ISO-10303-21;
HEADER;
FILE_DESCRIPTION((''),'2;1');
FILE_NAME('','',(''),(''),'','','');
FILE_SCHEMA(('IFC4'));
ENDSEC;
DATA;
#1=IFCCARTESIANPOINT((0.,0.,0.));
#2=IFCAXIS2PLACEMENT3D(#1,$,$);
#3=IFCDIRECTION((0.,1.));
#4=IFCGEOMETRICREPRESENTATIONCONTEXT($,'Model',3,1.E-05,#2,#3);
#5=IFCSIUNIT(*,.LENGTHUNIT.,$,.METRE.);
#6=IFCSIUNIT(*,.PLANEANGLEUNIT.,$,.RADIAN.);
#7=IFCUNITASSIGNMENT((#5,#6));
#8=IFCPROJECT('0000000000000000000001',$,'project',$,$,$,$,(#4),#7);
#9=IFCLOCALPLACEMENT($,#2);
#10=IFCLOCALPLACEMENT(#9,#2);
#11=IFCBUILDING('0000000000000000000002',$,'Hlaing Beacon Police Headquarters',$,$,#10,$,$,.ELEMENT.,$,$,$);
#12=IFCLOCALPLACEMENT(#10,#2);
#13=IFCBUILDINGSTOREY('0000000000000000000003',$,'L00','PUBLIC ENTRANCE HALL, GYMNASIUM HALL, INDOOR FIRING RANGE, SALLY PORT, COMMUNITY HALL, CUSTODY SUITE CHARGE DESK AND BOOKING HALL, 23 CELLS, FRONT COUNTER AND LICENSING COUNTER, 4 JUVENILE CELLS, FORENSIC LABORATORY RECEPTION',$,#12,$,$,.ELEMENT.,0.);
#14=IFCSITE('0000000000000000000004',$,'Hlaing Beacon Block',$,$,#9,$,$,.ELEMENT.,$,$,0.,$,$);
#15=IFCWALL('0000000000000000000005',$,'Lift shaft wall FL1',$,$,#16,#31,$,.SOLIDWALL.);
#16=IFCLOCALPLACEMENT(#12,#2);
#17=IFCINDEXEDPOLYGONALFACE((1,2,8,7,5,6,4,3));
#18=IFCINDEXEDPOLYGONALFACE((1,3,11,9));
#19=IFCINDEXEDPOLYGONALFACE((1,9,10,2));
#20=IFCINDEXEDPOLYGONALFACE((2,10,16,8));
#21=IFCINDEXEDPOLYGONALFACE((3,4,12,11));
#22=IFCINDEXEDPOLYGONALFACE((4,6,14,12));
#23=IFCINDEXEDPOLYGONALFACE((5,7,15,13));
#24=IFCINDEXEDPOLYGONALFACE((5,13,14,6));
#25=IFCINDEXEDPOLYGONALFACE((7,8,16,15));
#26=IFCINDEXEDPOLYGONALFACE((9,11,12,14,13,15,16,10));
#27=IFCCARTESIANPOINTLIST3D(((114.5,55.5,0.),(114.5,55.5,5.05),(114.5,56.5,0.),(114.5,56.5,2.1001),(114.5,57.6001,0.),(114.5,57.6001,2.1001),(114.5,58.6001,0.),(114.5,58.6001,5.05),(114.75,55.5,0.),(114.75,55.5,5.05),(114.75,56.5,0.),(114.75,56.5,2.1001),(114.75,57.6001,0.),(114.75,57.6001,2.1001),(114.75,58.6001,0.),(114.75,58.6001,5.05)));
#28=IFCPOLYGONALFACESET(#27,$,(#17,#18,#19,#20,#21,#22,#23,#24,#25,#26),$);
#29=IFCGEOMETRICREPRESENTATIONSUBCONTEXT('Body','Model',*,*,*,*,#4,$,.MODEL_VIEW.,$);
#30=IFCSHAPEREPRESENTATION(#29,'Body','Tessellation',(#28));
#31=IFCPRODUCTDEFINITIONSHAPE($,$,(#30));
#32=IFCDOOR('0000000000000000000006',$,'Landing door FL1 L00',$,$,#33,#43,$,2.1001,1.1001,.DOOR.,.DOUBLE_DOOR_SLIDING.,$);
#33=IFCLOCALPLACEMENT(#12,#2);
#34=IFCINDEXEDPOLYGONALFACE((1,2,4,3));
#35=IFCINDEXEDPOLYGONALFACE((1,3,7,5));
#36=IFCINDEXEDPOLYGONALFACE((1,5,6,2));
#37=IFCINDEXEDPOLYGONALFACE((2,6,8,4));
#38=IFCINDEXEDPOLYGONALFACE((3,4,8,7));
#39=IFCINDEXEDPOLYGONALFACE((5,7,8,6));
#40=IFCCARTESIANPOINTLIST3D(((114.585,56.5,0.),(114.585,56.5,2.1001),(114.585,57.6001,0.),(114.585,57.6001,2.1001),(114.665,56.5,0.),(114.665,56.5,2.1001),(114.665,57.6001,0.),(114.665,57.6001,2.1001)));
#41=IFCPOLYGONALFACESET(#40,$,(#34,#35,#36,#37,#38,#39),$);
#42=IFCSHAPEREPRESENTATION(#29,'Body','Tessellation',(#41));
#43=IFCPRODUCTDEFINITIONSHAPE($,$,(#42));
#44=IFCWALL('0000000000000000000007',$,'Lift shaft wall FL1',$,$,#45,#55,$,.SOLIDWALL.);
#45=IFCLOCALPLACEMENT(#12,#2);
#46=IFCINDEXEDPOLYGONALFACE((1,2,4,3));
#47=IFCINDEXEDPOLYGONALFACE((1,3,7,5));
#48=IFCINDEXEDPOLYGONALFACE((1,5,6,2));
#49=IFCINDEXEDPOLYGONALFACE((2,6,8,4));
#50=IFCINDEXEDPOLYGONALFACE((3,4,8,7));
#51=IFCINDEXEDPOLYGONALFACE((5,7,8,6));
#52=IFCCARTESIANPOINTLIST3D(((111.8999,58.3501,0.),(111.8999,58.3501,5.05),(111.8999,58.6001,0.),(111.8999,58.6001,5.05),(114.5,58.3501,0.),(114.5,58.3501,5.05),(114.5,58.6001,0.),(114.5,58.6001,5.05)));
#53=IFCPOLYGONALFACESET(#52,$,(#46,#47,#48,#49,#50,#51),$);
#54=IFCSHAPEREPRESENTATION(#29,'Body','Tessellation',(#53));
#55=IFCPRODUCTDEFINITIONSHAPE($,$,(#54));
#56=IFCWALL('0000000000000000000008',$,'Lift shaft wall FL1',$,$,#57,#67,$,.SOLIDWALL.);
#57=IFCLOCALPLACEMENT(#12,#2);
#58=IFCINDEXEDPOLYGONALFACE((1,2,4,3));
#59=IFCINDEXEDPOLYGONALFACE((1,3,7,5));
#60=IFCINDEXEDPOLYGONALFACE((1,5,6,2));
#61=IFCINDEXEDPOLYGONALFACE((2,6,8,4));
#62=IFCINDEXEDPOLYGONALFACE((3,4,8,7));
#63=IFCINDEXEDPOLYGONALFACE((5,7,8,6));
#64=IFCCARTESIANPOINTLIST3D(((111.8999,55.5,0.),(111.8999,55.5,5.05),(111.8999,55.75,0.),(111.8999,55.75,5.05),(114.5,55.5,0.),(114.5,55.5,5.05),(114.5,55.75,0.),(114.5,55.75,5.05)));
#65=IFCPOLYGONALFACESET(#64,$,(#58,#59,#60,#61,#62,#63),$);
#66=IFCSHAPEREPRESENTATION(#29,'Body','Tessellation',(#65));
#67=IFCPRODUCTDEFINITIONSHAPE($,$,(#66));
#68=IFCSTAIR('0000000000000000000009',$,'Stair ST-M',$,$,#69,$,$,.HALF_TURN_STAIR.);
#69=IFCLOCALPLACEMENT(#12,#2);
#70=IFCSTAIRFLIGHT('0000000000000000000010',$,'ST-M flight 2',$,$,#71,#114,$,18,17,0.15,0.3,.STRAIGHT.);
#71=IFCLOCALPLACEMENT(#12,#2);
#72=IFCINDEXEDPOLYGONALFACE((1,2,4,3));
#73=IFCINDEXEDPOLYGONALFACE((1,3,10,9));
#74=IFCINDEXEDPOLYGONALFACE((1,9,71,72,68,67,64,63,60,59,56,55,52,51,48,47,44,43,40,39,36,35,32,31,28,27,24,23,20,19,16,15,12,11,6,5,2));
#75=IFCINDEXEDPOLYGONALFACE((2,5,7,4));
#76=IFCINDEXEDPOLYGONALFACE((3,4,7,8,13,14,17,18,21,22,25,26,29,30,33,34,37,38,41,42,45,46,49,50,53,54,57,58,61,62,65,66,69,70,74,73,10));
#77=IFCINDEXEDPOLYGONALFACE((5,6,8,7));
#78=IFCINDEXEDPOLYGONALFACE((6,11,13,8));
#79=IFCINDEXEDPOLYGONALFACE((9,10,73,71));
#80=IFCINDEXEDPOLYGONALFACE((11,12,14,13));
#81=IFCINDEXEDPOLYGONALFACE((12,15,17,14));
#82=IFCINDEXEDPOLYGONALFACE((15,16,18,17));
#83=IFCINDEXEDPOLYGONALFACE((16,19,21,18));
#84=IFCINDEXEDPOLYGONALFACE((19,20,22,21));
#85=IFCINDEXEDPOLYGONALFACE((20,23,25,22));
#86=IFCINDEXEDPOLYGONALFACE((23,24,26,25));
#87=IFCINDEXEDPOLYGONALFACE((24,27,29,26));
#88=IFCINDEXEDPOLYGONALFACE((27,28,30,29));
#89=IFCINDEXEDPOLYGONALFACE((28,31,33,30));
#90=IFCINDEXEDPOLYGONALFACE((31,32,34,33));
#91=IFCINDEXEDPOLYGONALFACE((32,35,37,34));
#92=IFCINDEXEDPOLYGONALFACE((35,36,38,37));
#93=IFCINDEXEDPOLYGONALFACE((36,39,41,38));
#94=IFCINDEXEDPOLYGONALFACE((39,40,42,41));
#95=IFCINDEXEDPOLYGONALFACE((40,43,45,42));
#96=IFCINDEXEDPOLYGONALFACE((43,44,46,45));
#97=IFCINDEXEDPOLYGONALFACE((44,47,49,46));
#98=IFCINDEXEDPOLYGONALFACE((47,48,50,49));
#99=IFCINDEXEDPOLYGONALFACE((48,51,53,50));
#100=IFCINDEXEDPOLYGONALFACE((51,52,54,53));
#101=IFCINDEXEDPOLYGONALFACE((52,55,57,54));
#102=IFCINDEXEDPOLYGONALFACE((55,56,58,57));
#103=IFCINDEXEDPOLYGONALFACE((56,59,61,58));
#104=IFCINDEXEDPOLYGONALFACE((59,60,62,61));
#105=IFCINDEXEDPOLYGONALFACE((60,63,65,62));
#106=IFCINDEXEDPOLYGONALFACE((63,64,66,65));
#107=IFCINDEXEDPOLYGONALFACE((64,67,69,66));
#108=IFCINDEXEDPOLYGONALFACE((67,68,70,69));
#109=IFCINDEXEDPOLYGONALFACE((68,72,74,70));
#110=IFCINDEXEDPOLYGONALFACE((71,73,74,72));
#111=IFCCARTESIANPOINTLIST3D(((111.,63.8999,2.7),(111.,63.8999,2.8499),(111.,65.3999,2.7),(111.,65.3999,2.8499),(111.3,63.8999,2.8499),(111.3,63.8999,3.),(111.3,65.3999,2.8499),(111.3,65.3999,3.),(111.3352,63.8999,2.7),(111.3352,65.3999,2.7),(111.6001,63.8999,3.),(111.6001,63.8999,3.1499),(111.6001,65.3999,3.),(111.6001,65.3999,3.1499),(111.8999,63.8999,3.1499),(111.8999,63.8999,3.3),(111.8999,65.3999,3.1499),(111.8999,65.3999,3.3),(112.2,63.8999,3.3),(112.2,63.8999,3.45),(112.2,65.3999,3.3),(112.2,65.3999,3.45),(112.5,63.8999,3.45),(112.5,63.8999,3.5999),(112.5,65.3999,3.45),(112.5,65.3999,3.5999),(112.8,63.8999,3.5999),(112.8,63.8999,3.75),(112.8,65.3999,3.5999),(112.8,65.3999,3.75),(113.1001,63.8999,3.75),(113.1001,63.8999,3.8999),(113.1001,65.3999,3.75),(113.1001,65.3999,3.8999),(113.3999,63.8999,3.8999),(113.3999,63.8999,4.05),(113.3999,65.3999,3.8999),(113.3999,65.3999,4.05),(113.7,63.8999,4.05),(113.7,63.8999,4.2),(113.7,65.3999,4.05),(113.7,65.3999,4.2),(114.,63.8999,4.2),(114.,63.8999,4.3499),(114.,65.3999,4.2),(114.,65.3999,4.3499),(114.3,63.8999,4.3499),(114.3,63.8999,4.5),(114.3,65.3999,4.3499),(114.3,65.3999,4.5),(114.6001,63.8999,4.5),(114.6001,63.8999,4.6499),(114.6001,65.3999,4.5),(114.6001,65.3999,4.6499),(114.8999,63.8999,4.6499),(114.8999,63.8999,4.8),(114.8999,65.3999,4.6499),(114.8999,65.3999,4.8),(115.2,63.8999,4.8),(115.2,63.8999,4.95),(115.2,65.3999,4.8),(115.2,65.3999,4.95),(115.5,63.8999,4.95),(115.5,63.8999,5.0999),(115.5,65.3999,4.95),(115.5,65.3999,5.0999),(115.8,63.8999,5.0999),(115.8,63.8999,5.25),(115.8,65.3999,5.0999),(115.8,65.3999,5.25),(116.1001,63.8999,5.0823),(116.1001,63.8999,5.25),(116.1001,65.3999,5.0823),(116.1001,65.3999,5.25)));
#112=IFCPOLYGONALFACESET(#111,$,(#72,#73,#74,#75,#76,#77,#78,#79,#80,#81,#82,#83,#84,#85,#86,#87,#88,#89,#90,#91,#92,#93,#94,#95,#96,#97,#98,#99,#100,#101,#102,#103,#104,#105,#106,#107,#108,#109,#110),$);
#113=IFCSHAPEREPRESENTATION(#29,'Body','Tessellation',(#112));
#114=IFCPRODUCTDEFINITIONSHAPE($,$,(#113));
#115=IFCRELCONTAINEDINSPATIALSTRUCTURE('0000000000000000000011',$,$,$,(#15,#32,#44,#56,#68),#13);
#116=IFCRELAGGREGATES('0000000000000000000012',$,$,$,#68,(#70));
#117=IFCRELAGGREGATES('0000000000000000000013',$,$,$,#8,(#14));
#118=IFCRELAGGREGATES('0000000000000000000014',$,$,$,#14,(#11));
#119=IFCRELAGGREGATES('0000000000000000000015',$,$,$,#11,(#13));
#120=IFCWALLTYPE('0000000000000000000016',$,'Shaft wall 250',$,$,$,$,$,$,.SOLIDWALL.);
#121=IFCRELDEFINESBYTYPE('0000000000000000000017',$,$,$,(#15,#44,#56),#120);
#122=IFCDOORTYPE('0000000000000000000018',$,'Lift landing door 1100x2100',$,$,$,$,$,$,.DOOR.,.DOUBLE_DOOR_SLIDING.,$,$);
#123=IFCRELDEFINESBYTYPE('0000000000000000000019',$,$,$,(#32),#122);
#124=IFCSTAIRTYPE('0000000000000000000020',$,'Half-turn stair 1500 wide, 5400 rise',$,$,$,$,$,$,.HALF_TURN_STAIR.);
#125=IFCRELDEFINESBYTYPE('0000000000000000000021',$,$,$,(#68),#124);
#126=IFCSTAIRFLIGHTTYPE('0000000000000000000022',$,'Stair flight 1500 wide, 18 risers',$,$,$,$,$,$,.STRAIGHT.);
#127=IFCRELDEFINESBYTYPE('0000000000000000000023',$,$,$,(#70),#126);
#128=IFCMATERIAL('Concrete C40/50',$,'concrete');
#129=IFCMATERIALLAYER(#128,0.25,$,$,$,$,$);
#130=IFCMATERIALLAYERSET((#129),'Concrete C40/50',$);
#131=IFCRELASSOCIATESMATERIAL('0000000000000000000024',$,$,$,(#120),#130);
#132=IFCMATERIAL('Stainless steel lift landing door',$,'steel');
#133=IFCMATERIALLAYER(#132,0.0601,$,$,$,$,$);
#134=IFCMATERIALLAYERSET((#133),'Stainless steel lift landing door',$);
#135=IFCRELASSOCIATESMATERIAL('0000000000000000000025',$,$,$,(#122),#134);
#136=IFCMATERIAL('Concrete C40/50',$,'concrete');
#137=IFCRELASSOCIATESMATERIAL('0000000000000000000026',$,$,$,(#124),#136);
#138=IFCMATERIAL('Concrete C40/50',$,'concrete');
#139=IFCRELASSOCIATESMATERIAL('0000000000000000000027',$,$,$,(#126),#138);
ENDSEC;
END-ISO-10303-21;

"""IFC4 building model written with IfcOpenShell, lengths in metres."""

from ifc_helpers import new_model, si_unit, direction, frame, frame_2d, origin, place, context, subcontext, project, spatial, polyline, rectangle, outline, extrude, material, layer, layer_set, type_object, element, fill, aggregate, save


model = new_model("IFC4")

# Units and contexts
model_context = context("Model", 3, precision=1e-05, world=origin(), true_north=direction((0.0, 1.0)))
body_context = subcontext(model_context, "Body", "Model", "MODEL_VIEW")
ifc_project = project(units=[si_unit("LENGTHUNIT", "METRE"), si_unit("PLANEANGLEUNIT", "RADIAN")], contexts=[model_context])

# Site, building, storey
site_placement = place(None, origin())
site = spatial("IfcSite", under=ifc_project, at=site_placement, Name="Hlaing Beacon Block", CompositionType="ELEMENT", RefElevation=0.0)
building_placement = place(site_placement, origin())
building = spatial("IfcBuilding", under=site, at=building_placement, Name="Hlaing Beacon Police Headquarters", CompositionType="ELEMENT")
storey_placement = place(building_placement, origin())
storey = spatial("IfcBuildingStorey", under=building, at=storey_placement, Name="L00", Description="PUBLIC ENTRANCE HALL, GYMNASIUM HALL, INDOOR FIRING RANGE, SALLY PORT, COMMUNITY HALL, CUSTODY SUITE CHARGE DESK AND BOOKING HALL, 23 CELLS, FRONT COUNTER AND LICENSING COUNTER, 4 JUVENILE CELLS, FORENSIC LABORATORY RECEPTION", CompositionType="ELEMENT", Elevation=0.0)

# Shared definitions
ifc_material_1 = material(Name="Concrete C40/50", Category="concrete")
ifc_layer_1 = layer(ifc_material_1, 0.25)
ifc_layer_set_1 = layer_set([ifc_layer_1], Name="Concrete C40/50")
wall_type_1 = type_object("IfcWallType", Name="Shaft wall 250", PredefinedType="SOLIDWALL", material=ifc_layer_set_1)

# Wall, opening, door
wall_1_placement = place(storey_placement, frame((114.625, 55.5, 0.0), z_axis=(0.0, 0.0, 1.0), x_axis=(0.0, 1.0, 0.0)))
wall_1 = element("IfcWall", 1, at=wall_1_placement, inside=storey, type_object=wall_type_1, Name="Lift shaft wall FL1", PredefinedType="SOLIDWALL", context=body_context, shape_type="SweptSolid", body=[
    extrude(rectangle(XDim=3.1001, YDim=0.25, at=frame_2d((1.55, 0.0))), origin(), (0.0, 0.0, 1.0), 5.05),
])
opening_1_placement = place(wall_1_placement, frame((1.0, 0.0, 0.0)))
opening_1 = element("IfcOpeningElement", 2, at=opening_1_placement, cuts=wall_1, PredefinedType="OPENING", context=body_context, shape_type="SweptSolid", body=[
    extrude(rectangle(XDim=1.1001, YDim=2.1001, at=frame_2d((0.55, 1.05))), frame((0.0, 0.135, 0.0), z_axis=(0.0, -1.0, 0.0), x_axis=(1.0, 0.0, 0.0)), (0.0, 0.0, 1.0), 0.27),
])
ifc_material_2 = material(Name="Stainless steel lift landing door", Category="steel")
ifc_layer_2 = layer(ifc_material_2, 0.0601)
ifc_layer_set_2 = layer_set([ifc_layer_2], Name="Stainless steel lift landing door")
door_type_1 = type_object("IfcDoorType", Name="Lift landing door 1100x2100", OperationType="DOUBLE_DOOR_SLIDING", PredefinedType="DOOR", material=ifc_layer_set_2)
door_1_placement = place(opening_1_placement, origin())
door_1 = element("IfcDoor", 3, at=door_1_placement, inside=storey, type_object=door_type_1, Name="Landing door FL1 L00", OperationType="DOUBLE_DOOR_SLIDING", OverallHeight=2.1001, OverallWidth=1.1001, PredefinedType="DOOR", context=body_context, shape_type="SweptSolid", body=[
    extrude(rectangle(XDim=1.1001, YDim=2.1001, at=frame_2d((0.55, 1.05))), frame((0.0, 0.04, 0.0), z_axis=(0.0, -1.0, 0.0), x_axis=(1.0, 0.0, 0.0)), (0.0, 0.0, 1.0), 0.0801),
])
fill(opening_1, door_1)

# Walls
for number, where, z_axis, x_axis, name in (
    (4, (111.8999, 58.4751, 0.0), (0.0, 0.0, 1.0), (1.0, 0.0, 0.0), "Lift shaft wall FL1"),
    (5, (111.8999, 55.625, 0.0), (0.0, 0.0, 1.0), (1.0, 0.0, 0.0), "Lift shaft wall FL1"),
):
    element("IfcWall", number, at=place(storey_placement, frame(where, z_axis=z_axis, x_axis=x_axis)), inside=storey, type_object=wall_type_1, Name=name, PredefinedType="SOLIDWALL", context=body_context, shape_type="SweptSolid", body=[
        extrude(rectangle(XDim=2.6001, YDim=0.25, at=frame_2d((1.3, 0.0))), origin(), (0.0, 0.0, 1.0), 5.05),
    ])

# Stair, stair flight
ifc_material_3 = material(Name="Concrete C40/50", Category="concrete")
stair_type = type_object("IfcStairType", Name="Half-turn stair 1500 wide, 5400 rise", PredefinedType="HALF_TURN_STAIR", material=ifc_material_3)
stair_placement = place(storey_placement, origin())
stair = element("IfcStair", 6, at=stair_placement, inside=storey, type_object=stair_type, Name="Stair ST-M", PredefinedType="HALF_TURN_STAIR")
ifc_material_4 = material(Name="Concrete C40/50", Category="concrete")
stair_flight_type = type_object("IfcStairFlightType", Name="Stair flight 1500 wide, 18 risers", PredefinedType="STRAIGHT", material=ifc_material_4)
stair_flight_placement = place(storey_placement, frame((111.0, 64.6499, 2.7), z_axis=(0.0, 0.0, 1.0), x_axis=(1.0, 0.0, 0.0)))
stair_flight = element("IfcStairFlight", 7, at=stair_flight_placement, type_object=stair_flight_type, Name="ST-M flight 2", NumberOfRisers=18, NumberOfTreads=17, PredefinedType="STRAIGHT", RiserHeight=0.15, TreadLength=0.3, context=body_context, shape_type="SweptSolid", body=[
    extrude(outline(polyline([(0.0, 0.0), (0.0, 0.1499), (0.3, 0.1499), (0.3, 0.3), (0.6001, 0.3), (0.6001, 0.45), (0.8999, 0.45), (0.8999, 0.6001), (1.2, 0.6001), (1.2, 0.75), (1.5, 0.75), (1.5, 0.8999), (1.8, 0.8999), (1.8, 1.05), (2.1001, 1.05), (2.1001, 1.2), (2.3999, 1.2), (2.3999, 1.3501), (2.7, 1.3501), (2.7, 1.5), (3.0, 1.5), (3.0, 1.6499), (3.3, 1.6499), (3.3, 1.8), (3.6001, 1.8), (3.6001, 1.95), (3.8999, 1.95), (3.8999, 2.1001), (4.2, 2.1001), (4.2, 2.25), (4.5, 2.25), (4.5, 2.3999), (4.8, 2.3999), (4.8, 2.55), (5.1001, 2.55), (5.1001, 2.7), (5.1001, 2.3823), (0.3352, 0.0), (0.0, 0.0)])), frame((0.0, 0.75, 0.0), z_axis=(0.0, -1.0, 0.0), x_axis=(1.0, 0.0, 0.0)), (0.0, 0.0, 1.0), 1.5),
])
aggregate(stair, [stair_flight])

save(model, "model.ifc")
